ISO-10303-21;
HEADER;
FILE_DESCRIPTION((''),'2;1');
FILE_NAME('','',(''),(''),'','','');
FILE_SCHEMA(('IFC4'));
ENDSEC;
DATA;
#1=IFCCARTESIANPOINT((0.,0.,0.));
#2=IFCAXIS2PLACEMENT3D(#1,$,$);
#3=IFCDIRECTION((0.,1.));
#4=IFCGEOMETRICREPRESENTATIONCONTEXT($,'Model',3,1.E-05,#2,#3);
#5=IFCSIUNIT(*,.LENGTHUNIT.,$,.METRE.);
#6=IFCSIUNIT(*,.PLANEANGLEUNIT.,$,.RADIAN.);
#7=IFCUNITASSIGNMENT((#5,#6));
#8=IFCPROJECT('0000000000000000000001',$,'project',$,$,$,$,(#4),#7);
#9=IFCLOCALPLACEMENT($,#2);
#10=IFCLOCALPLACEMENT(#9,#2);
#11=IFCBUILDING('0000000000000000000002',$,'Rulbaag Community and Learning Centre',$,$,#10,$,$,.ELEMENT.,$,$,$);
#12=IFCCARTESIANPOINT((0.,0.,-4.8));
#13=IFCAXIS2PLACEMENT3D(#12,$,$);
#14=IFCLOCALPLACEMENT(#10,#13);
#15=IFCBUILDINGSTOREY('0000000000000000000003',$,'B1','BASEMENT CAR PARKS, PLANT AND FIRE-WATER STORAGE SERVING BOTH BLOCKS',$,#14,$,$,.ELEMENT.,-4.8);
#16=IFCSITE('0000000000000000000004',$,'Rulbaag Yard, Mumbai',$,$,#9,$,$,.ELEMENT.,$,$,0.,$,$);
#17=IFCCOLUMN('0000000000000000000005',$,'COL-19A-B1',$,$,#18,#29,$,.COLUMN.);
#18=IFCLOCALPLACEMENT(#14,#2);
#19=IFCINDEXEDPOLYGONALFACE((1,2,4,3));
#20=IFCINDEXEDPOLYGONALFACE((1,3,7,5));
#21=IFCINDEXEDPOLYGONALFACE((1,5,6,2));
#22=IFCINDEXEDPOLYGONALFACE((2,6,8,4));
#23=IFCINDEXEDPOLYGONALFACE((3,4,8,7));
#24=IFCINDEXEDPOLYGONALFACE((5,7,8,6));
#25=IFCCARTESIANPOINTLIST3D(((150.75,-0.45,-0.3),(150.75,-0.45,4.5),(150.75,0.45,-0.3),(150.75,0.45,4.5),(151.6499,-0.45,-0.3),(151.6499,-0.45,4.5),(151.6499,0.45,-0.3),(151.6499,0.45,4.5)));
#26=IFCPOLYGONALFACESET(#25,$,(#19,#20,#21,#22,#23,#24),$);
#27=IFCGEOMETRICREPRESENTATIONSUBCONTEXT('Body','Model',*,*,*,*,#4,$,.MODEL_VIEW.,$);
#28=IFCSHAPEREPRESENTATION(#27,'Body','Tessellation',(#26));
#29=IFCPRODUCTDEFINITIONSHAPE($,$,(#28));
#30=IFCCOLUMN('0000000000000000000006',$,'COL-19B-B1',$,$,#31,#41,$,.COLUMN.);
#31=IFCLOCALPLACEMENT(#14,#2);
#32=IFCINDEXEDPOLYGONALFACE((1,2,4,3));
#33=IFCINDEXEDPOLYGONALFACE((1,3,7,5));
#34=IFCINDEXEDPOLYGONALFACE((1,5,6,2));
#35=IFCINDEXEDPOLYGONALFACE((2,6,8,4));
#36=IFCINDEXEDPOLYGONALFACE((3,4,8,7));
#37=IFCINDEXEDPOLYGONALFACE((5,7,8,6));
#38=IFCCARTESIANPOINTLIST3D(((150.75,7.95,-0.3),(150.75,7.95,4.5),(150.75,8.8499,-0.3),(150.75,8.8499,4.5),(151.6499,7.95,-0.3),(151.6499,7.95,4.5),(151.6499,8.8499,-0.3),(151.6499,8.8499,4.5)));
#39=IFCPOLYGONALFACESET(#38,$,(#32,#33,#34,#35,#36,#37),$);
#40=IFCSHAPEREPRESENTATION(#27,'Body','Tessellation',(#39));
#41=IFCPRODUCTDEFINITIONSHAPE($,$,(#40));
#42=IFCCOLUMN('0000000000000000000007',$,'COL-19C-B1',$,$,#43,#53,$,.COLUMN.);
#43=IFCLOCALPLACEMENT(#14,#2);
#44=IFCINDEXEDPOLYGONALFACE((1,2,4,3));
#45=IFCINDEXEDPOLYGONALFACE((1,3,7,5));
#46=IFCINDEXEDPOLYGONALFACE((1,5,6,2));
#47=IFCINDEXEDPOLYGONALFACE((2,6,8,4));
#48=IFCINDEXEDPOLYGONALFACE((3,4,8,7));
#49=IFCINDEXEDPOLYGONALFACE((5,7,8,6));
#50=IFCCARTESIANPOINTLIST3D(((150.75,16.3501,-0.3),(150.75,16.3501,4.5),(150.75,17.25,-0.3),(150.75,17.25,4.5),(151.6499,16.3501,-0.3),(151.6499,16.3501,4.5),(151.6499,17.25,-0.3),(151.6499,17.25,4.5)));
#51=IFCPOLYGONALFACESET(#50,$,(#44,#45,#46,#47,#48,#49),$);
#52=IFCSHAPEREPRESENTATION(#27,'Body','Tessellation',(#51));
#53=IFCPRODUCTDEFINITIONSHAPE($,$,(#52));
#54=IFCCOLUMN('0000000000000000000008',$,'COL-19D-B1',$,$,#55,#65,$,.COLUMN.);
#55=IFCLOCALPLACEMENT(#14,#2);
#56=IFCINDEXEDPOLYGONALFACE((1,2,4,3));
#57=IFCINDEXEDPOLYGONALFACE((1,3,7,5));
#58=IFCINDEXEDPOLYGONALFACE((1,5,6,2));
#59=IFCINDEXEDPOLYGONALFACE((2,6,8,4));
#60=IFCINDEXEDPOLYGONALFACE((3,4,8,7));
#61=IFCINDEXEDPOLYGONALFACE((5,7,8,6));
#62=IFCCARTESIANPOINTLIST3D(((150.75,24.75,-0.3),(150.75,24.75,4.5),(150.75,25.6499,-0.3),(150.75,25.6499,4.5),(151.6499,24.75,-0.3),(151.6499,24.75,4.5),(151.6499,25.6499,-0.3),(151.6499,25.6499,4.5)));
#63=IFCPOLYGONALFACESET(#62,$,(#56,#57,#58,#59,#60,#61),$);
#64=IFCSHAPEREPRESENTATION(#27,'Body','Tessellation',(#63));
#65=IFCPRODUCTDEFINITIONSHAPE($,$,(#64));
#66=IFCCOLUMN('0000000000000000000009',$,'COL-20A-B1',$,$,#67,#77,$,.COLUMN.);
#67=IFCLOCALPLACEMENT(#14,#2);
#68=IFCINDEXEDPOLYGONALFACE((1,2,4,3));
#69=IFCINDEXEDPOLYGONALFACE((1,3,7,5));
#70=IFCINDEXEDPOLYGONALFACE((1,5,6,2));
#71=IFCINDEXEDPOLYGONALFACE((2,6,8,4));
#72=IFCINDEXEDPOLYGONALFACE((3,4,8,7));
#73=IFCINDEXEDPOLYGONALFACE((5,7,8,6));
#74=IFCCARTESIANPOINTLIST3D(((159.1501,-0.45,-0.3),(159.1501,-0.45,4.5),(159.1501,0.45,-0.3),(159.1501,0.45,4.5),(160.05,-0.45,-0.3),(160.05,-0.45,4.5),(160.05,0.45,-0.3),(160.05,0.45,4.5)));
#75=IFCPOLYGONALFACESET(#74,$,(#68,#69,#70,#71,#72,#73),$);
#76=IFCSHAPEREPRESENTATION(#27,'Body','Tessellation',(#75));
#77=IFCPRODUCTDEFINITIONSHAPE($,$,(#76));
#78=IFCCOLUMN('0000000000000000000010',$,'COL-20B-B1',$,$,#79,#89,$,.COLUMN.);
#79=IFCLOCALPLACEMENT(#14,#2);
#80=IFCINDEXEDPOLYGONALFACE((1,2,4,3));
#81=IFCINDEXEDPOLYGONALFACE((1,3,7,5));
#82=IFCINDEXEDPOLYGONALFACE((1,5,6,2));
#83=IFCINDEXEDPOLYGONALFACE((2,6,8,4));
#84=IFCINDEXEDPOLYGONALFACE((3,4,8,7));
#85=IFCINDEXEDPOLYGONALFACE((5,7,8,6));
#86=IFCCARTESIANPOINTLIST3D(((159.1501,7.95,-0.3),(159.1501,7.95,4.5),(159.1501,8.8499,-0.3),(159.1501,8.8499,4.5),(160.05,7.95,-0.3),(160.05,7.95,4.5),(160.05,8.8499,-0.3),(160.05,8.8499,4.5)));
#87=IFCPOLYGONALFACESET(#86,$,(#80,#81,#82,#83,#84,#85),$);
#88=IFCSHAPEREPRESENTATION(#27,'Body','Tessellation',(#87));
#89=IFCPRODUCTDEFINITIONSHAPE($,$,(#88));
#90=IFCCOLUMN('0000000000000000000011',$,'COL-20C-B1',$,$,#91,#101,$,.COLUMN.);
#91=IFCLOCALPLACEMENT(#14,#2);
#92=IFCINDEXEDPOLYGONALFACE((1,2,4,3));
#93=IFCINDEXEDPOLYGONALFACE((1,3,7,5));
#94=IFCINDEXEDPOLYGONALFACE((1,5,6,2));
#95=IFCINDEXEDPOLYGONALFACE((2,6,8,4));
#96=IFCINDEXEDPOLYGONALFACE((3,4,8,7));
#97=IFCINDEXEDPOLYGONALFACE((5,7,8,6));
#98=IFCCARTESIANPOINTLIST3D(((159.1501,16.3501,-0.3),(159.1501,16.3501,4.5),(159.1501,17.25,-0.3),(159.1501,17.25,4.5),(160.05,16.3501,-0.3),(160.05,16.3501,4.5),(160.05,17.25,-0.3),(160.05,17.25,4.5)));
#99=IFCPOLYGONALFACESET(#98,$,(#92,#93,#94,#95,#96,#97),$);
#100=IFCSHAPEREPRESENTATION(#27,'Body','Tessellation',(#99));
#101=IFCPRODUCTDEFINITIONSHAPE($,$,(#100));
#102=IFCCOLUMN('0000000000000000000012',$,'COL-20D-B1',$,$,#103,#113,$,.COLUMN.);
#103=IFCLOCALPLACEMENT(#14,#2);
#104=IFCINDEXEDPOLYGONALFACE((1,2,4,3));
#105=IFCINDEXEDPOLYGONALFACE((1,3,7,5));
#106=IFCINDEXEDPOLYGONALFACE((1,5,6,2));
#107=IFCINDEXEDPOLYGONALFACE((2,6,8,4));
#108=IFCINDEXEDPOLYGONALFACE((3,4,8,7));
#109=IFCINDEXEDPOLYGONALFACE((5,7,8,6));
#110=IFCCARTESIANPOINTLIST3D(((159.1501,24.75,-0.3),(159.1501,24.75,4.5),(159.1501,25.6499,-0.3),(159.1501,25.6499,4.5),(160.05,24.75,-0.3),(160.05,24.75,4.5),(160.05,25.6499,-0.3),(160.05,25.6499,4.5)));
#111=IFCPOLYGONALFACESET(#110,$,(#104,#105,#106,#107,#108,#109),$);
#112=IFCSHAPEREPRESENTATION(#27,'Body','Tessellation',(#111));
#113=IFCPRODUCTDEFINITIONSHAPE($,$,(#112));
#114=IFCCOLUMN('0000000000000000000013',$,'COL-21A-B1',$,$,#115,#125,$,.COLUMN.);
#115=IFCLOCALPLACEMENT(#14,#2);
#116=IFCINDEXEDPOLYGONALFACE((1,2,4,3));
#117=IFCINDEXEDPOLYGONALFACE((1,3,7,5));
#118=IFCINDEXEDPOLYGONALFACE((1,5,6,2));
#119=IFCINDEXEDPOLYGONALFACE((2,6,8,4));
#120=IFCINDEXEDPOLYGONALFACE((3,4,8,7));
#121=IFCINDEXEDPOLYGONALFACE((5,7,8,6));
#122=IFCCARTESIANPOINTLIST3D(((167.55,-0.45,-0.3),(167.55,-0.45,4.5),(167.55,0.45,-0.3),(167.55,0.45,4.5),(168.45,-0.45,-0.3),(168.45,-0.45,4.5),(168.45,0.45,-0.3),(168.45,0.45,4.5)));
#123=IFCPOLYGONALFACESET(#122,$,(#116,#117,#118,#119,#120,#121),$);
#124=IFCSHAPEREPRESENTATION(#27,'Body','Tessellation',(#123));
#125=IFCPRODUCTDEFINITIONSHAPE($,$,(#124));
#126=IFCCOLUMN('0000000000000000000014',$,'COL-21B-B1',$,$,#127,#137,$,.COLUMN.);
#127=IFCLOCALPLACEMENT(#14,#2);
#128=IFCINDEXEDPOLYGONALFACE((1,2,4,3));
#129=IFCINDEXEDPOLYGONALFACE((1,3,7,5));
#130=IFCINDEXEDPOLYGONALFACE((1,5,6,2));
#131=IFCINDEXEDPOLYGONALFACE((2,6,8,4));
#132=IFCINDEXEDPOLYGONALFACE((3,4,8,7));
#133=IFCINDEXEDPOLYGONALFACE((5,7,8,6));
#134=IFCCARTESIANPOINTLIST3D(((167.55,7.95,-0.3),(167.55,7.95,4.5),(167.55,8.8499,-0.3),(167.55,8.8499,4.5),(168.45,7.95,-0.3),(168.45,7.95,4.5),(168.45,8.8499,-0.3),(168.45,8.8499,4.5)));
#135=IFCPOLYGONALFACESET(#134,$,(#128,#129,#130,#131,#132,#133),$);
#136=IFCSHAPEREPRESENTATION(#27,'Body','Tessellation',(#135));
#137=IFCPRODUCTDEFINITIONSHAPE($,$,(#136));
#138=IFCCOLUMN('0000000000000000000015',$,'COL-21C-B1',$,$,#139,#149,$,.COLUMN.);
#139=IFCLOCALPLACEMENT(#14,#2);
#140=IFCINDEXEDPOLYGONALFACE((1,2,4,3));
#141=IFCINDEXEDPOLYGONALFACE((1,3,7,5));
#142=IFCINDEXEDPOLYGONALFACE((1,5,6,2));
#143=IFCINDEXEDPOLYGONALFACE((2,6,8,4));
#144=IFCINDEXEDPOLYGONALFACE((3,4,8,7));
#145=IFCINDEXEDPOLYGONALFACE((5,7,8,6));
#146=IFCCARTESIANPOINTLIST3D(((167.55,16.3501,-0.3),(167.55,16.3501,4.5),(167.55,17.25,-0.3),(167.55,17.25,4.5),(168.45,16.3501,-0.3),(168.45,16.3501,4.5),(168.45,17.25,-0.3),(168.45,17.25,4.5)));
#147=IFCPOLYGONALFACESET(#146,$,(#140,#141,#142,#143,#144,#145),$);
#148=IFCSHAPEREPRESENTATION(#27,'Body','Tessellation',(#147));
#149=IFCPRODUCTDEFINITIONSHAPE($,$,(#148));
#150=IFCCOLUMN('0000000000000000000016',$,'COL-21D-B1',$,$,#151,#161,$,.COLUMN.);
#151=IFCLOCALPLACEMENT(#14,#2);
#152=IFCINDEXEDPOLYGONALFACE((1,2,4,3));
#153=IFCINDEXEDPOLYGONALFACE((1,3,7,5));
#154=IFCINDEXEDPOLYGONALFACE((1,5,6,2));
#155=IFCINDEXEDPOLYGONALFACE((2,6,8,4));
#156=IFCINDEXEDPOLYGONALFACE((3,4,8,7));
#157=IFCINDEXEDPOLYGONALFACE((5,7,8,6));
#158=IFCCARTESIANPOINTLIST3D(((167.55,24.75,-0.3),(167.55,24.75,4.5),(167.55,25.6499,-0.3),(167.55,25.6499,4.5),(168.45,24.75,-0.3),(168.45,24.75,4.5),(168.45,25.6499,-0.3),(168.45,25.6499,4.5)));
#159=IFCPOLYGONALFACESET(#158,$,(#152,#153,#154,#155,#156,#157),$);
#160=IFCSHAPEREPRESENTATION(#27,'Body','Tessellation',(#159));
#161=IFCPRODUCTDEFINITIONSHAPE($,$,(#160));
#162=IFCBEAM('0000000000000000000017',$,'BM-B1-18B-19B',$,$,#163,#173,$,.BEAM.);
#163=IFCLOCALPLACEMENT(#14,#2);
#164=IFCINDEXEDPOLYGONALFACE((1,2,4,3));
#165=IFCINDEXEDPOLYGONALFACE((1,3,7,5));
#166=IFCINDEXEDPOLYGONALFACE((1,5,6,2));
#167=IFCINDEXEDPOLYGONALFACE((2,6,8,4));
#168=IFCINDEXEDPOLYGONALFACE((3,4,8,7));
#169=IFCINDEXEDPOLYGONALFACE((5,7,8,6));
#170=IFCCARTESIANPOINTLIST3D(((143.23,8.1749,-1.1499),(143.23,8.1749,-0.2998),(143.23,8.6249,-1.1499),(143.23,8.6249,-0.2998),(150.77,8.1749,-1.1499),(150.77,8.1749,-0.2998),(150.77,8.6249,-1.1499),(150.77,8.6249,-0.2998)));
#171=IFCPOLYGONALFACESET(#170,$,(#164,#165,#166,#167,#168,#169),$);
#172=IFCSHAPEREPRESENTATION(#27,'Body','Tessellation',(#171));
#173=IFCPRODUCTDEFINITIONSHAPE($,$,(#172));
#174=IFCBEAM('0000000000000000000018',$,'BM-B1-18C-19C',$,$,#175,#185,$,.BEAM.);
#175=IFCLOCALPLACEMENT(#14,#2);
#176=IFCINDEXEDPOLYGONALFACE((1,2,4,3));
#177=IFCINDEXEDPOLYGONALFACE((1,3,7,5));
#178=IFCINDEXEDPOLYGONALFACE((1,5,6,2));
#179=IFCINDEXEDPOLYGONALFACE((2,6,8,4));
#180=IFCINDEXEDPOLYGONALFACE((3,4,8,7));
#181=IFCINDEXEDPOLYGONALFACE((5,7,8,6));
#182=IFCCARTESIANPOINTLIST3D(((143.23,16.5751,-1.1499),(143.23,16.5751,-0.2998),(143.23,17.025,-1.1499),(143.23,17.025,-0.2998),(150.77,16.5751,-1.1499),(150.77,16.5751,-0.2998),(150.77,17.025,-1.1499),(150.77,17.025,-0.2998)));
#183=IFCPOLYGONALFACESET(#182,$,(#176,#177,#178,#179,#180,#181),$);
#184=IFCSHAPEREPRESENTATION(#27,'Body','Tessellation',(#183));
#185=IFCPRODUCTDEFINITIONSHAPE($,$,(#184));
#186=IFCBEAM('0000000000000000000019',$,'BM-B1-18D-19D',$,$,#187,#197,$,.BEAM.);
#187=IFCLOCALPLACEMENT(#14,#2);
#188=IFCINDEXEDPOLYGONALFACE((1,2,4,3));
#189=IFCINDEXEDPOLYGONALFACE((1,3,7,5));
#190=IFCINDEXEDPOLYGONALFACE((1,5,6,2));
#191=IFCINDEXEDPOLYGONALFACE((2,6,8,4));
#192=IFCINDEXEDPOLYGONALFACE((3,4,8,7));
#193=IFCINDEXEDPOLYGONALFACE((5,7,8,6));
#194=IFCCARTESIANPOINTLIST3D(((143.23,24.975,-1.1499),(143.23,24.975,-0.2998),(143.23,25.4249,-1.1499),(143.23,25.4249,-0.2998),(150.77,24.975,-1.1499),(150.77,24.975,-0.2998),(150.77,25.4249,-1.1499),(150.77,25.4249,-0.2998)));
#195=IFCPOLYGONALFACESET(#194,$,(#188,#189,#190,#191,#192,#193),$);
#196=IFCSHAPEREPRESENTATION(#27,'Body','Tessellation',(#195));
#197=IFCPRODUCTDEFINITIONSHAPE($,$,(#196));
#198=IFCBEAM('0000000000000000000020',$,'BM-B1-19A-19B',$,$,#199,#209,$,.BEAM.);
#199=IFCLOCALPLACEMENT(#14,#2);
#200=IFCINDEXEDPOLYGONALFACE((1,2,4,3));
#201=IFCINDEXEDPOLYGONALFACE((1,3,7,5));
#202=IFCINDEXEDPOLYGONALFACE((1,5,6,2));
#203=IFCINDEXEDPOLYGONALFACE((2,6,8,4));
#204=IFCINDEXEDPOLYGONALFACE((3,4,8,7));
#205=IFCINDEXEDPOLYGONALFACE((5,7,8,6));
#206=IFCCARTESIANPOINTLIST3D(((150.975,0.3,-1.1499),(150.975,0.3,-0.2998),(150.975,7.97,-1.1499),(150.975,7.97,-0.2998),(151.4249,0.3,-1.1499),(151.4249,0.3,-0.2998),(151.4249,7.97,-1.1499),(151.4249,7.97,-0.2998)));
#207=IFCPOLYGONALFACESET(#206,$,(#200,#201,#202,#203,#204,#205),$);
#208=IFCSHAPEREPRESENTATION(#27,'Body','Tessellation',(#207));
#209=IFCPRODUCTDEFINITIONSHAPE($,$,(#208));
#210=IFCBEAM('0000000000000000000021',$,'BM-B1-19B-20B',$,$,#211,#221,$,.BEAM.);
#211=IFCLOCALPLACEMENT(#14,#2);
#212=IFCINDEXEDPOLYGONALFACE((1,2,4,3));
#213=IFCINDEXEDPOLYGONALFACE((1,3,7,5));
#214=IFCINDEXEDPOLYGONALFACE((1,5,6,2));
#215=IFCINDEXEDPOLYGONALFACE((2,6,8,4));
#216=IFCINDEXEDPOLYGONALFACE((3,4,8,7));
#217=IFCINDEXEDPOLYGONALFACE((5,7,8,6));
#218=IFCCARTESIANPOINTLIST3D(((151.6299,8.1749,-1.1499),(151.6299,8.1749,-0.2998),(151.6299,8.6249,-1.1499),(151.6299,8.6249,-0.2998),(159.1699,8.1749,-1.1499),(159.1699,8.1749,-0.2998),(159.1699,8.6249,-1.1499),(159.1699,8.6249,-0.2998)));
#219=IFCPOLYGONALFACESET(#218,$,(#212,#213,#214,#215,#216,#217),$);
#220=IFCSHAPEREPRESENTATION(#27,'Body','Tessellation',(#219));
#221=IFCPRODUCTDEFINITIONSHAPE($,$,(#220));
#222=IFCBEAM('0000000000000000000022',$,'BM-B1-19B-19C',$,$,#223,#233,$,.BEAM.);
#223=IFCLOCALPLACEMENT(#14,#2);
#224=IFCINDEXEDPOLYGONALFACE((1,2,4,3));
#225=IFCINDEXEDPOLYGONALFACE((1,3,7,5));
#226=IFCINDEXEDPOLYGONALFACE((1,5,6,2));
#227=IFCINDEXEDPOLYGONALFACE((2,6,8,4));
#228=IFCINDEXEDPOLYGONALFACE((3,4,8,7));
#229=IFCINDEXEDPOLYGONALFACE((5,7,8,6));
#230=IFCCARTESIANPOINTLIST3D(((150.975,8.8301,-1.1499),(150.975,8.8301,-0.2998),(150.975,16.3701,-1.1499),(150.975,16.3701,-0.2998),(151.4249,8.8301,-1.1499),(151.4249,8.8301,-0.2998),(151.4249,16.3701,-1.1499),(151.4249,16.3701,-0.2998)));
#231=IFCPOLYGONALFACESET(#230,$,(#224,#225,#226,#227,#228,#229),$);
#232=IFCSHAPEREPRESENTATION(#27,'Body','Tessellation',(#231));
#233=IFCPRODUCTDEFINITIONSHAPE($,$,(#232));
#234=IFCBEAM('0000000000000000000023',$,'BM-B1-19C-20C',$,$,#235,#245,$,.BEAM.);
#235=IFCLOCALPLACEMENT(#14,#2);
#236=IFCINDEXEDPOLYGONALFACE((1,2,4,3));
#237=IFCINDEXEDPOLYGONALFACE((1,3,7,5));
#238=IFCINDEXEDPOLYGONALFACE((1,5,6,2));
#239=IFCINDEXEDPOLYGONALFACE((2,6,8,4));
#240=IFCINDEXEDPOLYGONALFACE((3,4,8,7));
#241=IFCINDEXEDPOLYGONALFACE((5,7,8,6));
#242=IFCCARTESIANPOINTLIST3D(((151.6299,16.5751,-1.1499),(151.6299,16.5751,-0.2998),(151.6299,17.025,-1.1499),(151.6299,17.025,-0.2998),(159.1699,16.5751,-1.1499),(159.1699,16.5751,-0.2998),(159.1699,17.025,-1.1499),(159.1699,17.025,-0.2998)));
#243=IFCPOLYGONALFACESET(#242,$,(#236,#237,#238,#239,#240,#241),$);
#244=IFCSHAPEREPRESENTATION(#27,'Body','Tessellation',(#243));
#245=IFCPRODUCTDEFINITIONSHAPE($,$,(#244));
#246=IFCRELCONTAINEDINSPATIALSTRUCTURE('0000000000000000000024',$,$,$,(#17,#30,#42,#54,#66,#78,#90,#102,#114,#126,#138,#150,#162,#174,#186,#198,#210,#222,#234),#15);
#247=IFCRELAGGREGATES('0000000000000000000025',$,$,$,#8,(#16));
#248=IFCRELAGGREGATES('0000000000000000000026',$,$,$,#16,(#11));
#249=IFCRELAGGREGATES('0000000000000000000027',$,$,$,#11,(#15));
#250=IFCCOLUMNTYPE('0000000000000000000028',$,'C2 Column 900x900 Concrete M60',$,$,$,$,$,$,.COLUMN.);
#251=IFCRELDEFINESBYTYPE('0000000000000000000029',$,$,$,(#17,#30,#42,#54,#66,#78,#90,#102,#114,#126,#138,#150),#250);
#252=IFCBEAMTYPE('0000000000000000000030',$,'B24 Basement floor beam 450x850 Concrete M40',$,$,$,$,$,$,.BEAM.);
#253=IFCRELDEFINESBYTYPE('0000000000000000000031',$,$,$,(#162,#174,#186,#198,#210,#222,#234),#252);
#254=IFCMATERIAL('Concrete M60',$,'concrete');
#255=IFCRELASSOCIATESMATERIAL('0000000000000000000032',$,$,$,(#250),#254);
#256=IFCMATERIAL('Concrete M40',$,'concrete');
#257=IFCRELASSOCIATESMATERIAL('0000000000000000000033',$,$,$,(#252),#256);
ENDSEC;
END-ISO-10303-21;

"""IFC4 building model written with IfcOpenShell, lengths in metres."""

from ifc_helpers import new_model, si_unit, direction, frame, origin, origin_2d, place, context, subcontext, project, spatial, rectangle, extrude, material, material_profile, profile_set, type_object, element, save


model = new_model("IFC4")

# Units and contexts
model_context = context("Model", 3, precision=1e-05, world=origin(), true_north=direction((0.0, 1.0)))
body_context = subcontext(model_context, "Body", "Model", "MODEL_VIEW")
ifc_project = project(units=[si_unit("LENGTHUNIT", "METRE"), si_unit("PLANEANGLEUNIT", "RADIAN")], contexts=[model_context])

# Site, building, storey
site_placement = place(None, origin())
site = spatial("IfcSite", under=ifc_project, at=site_placement, Name="Rulbaag Yard, Mumbai", CompositionType="ELEMENT", RefElevation=0.0)
building_placement = place(site_placement, origin())
building = spatial("IfcBuilding", under=site, at=building_placement, Name="Rulbaag Community and Learning Centre", CompositionType="ELEMENT")
storey_placement = place(building_placement, frame((0.0, 0.0, -4.8)))
storey = spatial("IfcBuildingStorey", under=building, at=storey_placement, Name="B1", Description="BASEMENT CAR PARKS, PLANT AND FIRE-WATER STORAGE SERVING BOTH BLOCKS", CompositionType="ELEMENT", Elevation=-4.8)

# Columns
ifc_material_1 = material(Name="Concrete M60", Category="concrete")
ifc_material_profile_1 = material_profile(ifc_material_1, rectangle(XDim=0.8999, YDim=0.8999, at=origin_2d()), Name="RC900x900")
ifc_profile_set_1 = profile_set([ifc_material_profile_1], Name="Concrete M60")
column_type = type_object("IfcColumnType", Name="C2 Column 900x900 Concrete M60", PredefinedType="COLUMN", material=ifc_profile_set_1)
for number, where, z_axis, x_axis, name in (
    (1, (151.2, 0.0, -0.3), (0.0, 0.0, 1.0), (1.0, 0.0, 0.0), "COL-19A-B1"),
    (2, (151.2, 8.3999, -0.3), (0.0, 0.0, 1.0), (1.0, 0.0, 0.0), "COL-19B-B1"),
    (3, (151.2, 16.8, -0.3), (0.0, 0.0, 1.0), (1.0, 0.0, 0.0), "COL-19C-B1"),
    (4, (151.2, 25.2, -0.3), (0.0, 0.0, 1.0), (1.0, 0.0, 0.0), "COL-19D-B1"),
    (5, (159.6001, 0.0, -0.3), (0.0, 0.0, 1.0), (1.0, 0.0, 0.0), "COL-20A-B1"),
    (6, (159.6001, 8.3999, -0.3), (0.0, 0.0, 1.0), (1.0, 0.0, 0.0), "COL-20B-B1"),
    (7, (159.6001, 16.8, -0.3), (0.0, 0.0, 1.0), (1.0, 0.0, 0.0), "COL-20C-B1"),
    (8, (159.6001, 25.2, -0.3), (0.0, 0.0, 1.0), (1.0, 0.0, 0.0), "COL-20D-B1"),
    (9, (168.0, 0.0, -0.3), (0.0, 0.0, 1.0), (1.0, 0.0, 0.0), "COL-21A-B1"),
    (10, (168.0, 8.3999, -0.3), (0.0, 0.0, 1.0), (1.0, 0.0, 0.0), "COL-21B-B1"),
    (11, (168.0, 16.8, -0.3), (0.0, 0.0, 1.0), (1.0, 0.0, 0.0), "COL-21C-B1"),
    (12, (168.0, 25.2, -0.3), (0.0, 0.0, 1.0), (1.0, 0.0, 0.0), "COL-21D-B1"),
):
    element("IfcColumn", number, at=place(storey_placement, frame(where, z_axis=z_axis, x_axis=x_axis)), inside=storey, type_object=column_type, Name=name, PredefinedType="COLUMN", context=body_context, shape_type="SweptSolid", body=[
        extrude(rectangle(XDim=0.8999, YDim=0.8999, at=origin_2d()), origin(), (0.0, 0.0, 1.0), 4.8),
    ])

# Beams
ifc_material_2 = material(Name="Concrete M40", Category="concrete")
ifc_material_profile_2 = material_profile(ifc_material_2, rectangle(XDim=0.45, YDim=0.8501, at=origin_2d()), Name="RB450x850")
ifc_profile_set_2 = profile_set([ifc_material_profile_2], Name="Concrete M40")
beam_type = type_object("IfcBeamType", Name="B24 Basement floor beam 450x850 Concrete M40", PredefinedType="BEAM", material=ifc_profile_set_2)
for number, where, z_axis, x_axis, name in (
    (13, (143.23, 8.3999, -0.7249), (1.0, 0.0, 0.0), (0.0, 1.0, 0.0), "BM-B1-18B-19B"),
    (14, (143.23, 16.8, -0.7249), (1.0, 0.0, 0.0), (0.0, 1.0, 0.0), "BM-B1-18C-19C"),
    (15, (143.23, 25.2, -0.7249), (1.0, 0.0, 0.0), (0.0, 1.0, 0.0), "BM-B1-18D-19D"),
):
    element("IfcBeam", number, at=place(storey_placement, frame(where, z_axis=z_axis, x_axis=x_axis)), inside=storey, type_object=beam_type, Name=name, PredefinedType="BEAM", context=body_context, shape_type="SweptSolid", body=[
        extrude(rectangle(XDim=0.45, YDim=0.8501, at=origin_2d()), origin(), (0.0, 0.0, 1.0), 7.54),
    ])
beam_1_placement = place(storey_placement, frame((151.2, 0.3, -0.7249), z_axis=(0.0, 1.0, 0.0), x_axis=(-1.0, 0.0, 0.0)))
element("IfcBeam", 16, at=beam_1_placement, inside=storey, type_object=beam_type, Name="BM-B1-19A-19B", PredefinedType="BEAM", context=body_context, shape_type="SweptSolid", body=[
    extrude(rectangle(XDim=0.45, YDim=0.8501, at=origin_2d()), origin(), (0.0, 0.0, 1.0), 7.6699),
])
for number, where, z_axis, x_axis, name in (
    (17, (151.6299, 8.3999, -0.7249), (1.0, 0.0, 0.0), (0.0, 1.0, 0.0), "BM-B1-19B-20B"),
    (18, (151.2, 8.8301, -0.7249), (0.0, 1.0, 0.0), (-1.0, 0.0, 0.0), "BM-B1-19B-19C"),
    (19, (151.6299, 16.8, -0.7249), (1.0, 0.0, 0.0), (0.0, 1.0, 0.0), "BM-B1-19C-20C"),
):
    element("IfcBeam", number, at=place(storey_placement, frame(where, z_axis=z_axis, x_axis=x_axis)), inside=storey, type_object=beam_type, Name=name, PredefinedType="BEAM", context=body_context, shape_type="SweptSolid", body=[
        extrude(rectangle(XDim=0.45, YDim=0.8501, at=origin_2d()), origin(), (0.0, 0.0, 1.0), 7.54),
    ])

save(model, "model.ifc")
